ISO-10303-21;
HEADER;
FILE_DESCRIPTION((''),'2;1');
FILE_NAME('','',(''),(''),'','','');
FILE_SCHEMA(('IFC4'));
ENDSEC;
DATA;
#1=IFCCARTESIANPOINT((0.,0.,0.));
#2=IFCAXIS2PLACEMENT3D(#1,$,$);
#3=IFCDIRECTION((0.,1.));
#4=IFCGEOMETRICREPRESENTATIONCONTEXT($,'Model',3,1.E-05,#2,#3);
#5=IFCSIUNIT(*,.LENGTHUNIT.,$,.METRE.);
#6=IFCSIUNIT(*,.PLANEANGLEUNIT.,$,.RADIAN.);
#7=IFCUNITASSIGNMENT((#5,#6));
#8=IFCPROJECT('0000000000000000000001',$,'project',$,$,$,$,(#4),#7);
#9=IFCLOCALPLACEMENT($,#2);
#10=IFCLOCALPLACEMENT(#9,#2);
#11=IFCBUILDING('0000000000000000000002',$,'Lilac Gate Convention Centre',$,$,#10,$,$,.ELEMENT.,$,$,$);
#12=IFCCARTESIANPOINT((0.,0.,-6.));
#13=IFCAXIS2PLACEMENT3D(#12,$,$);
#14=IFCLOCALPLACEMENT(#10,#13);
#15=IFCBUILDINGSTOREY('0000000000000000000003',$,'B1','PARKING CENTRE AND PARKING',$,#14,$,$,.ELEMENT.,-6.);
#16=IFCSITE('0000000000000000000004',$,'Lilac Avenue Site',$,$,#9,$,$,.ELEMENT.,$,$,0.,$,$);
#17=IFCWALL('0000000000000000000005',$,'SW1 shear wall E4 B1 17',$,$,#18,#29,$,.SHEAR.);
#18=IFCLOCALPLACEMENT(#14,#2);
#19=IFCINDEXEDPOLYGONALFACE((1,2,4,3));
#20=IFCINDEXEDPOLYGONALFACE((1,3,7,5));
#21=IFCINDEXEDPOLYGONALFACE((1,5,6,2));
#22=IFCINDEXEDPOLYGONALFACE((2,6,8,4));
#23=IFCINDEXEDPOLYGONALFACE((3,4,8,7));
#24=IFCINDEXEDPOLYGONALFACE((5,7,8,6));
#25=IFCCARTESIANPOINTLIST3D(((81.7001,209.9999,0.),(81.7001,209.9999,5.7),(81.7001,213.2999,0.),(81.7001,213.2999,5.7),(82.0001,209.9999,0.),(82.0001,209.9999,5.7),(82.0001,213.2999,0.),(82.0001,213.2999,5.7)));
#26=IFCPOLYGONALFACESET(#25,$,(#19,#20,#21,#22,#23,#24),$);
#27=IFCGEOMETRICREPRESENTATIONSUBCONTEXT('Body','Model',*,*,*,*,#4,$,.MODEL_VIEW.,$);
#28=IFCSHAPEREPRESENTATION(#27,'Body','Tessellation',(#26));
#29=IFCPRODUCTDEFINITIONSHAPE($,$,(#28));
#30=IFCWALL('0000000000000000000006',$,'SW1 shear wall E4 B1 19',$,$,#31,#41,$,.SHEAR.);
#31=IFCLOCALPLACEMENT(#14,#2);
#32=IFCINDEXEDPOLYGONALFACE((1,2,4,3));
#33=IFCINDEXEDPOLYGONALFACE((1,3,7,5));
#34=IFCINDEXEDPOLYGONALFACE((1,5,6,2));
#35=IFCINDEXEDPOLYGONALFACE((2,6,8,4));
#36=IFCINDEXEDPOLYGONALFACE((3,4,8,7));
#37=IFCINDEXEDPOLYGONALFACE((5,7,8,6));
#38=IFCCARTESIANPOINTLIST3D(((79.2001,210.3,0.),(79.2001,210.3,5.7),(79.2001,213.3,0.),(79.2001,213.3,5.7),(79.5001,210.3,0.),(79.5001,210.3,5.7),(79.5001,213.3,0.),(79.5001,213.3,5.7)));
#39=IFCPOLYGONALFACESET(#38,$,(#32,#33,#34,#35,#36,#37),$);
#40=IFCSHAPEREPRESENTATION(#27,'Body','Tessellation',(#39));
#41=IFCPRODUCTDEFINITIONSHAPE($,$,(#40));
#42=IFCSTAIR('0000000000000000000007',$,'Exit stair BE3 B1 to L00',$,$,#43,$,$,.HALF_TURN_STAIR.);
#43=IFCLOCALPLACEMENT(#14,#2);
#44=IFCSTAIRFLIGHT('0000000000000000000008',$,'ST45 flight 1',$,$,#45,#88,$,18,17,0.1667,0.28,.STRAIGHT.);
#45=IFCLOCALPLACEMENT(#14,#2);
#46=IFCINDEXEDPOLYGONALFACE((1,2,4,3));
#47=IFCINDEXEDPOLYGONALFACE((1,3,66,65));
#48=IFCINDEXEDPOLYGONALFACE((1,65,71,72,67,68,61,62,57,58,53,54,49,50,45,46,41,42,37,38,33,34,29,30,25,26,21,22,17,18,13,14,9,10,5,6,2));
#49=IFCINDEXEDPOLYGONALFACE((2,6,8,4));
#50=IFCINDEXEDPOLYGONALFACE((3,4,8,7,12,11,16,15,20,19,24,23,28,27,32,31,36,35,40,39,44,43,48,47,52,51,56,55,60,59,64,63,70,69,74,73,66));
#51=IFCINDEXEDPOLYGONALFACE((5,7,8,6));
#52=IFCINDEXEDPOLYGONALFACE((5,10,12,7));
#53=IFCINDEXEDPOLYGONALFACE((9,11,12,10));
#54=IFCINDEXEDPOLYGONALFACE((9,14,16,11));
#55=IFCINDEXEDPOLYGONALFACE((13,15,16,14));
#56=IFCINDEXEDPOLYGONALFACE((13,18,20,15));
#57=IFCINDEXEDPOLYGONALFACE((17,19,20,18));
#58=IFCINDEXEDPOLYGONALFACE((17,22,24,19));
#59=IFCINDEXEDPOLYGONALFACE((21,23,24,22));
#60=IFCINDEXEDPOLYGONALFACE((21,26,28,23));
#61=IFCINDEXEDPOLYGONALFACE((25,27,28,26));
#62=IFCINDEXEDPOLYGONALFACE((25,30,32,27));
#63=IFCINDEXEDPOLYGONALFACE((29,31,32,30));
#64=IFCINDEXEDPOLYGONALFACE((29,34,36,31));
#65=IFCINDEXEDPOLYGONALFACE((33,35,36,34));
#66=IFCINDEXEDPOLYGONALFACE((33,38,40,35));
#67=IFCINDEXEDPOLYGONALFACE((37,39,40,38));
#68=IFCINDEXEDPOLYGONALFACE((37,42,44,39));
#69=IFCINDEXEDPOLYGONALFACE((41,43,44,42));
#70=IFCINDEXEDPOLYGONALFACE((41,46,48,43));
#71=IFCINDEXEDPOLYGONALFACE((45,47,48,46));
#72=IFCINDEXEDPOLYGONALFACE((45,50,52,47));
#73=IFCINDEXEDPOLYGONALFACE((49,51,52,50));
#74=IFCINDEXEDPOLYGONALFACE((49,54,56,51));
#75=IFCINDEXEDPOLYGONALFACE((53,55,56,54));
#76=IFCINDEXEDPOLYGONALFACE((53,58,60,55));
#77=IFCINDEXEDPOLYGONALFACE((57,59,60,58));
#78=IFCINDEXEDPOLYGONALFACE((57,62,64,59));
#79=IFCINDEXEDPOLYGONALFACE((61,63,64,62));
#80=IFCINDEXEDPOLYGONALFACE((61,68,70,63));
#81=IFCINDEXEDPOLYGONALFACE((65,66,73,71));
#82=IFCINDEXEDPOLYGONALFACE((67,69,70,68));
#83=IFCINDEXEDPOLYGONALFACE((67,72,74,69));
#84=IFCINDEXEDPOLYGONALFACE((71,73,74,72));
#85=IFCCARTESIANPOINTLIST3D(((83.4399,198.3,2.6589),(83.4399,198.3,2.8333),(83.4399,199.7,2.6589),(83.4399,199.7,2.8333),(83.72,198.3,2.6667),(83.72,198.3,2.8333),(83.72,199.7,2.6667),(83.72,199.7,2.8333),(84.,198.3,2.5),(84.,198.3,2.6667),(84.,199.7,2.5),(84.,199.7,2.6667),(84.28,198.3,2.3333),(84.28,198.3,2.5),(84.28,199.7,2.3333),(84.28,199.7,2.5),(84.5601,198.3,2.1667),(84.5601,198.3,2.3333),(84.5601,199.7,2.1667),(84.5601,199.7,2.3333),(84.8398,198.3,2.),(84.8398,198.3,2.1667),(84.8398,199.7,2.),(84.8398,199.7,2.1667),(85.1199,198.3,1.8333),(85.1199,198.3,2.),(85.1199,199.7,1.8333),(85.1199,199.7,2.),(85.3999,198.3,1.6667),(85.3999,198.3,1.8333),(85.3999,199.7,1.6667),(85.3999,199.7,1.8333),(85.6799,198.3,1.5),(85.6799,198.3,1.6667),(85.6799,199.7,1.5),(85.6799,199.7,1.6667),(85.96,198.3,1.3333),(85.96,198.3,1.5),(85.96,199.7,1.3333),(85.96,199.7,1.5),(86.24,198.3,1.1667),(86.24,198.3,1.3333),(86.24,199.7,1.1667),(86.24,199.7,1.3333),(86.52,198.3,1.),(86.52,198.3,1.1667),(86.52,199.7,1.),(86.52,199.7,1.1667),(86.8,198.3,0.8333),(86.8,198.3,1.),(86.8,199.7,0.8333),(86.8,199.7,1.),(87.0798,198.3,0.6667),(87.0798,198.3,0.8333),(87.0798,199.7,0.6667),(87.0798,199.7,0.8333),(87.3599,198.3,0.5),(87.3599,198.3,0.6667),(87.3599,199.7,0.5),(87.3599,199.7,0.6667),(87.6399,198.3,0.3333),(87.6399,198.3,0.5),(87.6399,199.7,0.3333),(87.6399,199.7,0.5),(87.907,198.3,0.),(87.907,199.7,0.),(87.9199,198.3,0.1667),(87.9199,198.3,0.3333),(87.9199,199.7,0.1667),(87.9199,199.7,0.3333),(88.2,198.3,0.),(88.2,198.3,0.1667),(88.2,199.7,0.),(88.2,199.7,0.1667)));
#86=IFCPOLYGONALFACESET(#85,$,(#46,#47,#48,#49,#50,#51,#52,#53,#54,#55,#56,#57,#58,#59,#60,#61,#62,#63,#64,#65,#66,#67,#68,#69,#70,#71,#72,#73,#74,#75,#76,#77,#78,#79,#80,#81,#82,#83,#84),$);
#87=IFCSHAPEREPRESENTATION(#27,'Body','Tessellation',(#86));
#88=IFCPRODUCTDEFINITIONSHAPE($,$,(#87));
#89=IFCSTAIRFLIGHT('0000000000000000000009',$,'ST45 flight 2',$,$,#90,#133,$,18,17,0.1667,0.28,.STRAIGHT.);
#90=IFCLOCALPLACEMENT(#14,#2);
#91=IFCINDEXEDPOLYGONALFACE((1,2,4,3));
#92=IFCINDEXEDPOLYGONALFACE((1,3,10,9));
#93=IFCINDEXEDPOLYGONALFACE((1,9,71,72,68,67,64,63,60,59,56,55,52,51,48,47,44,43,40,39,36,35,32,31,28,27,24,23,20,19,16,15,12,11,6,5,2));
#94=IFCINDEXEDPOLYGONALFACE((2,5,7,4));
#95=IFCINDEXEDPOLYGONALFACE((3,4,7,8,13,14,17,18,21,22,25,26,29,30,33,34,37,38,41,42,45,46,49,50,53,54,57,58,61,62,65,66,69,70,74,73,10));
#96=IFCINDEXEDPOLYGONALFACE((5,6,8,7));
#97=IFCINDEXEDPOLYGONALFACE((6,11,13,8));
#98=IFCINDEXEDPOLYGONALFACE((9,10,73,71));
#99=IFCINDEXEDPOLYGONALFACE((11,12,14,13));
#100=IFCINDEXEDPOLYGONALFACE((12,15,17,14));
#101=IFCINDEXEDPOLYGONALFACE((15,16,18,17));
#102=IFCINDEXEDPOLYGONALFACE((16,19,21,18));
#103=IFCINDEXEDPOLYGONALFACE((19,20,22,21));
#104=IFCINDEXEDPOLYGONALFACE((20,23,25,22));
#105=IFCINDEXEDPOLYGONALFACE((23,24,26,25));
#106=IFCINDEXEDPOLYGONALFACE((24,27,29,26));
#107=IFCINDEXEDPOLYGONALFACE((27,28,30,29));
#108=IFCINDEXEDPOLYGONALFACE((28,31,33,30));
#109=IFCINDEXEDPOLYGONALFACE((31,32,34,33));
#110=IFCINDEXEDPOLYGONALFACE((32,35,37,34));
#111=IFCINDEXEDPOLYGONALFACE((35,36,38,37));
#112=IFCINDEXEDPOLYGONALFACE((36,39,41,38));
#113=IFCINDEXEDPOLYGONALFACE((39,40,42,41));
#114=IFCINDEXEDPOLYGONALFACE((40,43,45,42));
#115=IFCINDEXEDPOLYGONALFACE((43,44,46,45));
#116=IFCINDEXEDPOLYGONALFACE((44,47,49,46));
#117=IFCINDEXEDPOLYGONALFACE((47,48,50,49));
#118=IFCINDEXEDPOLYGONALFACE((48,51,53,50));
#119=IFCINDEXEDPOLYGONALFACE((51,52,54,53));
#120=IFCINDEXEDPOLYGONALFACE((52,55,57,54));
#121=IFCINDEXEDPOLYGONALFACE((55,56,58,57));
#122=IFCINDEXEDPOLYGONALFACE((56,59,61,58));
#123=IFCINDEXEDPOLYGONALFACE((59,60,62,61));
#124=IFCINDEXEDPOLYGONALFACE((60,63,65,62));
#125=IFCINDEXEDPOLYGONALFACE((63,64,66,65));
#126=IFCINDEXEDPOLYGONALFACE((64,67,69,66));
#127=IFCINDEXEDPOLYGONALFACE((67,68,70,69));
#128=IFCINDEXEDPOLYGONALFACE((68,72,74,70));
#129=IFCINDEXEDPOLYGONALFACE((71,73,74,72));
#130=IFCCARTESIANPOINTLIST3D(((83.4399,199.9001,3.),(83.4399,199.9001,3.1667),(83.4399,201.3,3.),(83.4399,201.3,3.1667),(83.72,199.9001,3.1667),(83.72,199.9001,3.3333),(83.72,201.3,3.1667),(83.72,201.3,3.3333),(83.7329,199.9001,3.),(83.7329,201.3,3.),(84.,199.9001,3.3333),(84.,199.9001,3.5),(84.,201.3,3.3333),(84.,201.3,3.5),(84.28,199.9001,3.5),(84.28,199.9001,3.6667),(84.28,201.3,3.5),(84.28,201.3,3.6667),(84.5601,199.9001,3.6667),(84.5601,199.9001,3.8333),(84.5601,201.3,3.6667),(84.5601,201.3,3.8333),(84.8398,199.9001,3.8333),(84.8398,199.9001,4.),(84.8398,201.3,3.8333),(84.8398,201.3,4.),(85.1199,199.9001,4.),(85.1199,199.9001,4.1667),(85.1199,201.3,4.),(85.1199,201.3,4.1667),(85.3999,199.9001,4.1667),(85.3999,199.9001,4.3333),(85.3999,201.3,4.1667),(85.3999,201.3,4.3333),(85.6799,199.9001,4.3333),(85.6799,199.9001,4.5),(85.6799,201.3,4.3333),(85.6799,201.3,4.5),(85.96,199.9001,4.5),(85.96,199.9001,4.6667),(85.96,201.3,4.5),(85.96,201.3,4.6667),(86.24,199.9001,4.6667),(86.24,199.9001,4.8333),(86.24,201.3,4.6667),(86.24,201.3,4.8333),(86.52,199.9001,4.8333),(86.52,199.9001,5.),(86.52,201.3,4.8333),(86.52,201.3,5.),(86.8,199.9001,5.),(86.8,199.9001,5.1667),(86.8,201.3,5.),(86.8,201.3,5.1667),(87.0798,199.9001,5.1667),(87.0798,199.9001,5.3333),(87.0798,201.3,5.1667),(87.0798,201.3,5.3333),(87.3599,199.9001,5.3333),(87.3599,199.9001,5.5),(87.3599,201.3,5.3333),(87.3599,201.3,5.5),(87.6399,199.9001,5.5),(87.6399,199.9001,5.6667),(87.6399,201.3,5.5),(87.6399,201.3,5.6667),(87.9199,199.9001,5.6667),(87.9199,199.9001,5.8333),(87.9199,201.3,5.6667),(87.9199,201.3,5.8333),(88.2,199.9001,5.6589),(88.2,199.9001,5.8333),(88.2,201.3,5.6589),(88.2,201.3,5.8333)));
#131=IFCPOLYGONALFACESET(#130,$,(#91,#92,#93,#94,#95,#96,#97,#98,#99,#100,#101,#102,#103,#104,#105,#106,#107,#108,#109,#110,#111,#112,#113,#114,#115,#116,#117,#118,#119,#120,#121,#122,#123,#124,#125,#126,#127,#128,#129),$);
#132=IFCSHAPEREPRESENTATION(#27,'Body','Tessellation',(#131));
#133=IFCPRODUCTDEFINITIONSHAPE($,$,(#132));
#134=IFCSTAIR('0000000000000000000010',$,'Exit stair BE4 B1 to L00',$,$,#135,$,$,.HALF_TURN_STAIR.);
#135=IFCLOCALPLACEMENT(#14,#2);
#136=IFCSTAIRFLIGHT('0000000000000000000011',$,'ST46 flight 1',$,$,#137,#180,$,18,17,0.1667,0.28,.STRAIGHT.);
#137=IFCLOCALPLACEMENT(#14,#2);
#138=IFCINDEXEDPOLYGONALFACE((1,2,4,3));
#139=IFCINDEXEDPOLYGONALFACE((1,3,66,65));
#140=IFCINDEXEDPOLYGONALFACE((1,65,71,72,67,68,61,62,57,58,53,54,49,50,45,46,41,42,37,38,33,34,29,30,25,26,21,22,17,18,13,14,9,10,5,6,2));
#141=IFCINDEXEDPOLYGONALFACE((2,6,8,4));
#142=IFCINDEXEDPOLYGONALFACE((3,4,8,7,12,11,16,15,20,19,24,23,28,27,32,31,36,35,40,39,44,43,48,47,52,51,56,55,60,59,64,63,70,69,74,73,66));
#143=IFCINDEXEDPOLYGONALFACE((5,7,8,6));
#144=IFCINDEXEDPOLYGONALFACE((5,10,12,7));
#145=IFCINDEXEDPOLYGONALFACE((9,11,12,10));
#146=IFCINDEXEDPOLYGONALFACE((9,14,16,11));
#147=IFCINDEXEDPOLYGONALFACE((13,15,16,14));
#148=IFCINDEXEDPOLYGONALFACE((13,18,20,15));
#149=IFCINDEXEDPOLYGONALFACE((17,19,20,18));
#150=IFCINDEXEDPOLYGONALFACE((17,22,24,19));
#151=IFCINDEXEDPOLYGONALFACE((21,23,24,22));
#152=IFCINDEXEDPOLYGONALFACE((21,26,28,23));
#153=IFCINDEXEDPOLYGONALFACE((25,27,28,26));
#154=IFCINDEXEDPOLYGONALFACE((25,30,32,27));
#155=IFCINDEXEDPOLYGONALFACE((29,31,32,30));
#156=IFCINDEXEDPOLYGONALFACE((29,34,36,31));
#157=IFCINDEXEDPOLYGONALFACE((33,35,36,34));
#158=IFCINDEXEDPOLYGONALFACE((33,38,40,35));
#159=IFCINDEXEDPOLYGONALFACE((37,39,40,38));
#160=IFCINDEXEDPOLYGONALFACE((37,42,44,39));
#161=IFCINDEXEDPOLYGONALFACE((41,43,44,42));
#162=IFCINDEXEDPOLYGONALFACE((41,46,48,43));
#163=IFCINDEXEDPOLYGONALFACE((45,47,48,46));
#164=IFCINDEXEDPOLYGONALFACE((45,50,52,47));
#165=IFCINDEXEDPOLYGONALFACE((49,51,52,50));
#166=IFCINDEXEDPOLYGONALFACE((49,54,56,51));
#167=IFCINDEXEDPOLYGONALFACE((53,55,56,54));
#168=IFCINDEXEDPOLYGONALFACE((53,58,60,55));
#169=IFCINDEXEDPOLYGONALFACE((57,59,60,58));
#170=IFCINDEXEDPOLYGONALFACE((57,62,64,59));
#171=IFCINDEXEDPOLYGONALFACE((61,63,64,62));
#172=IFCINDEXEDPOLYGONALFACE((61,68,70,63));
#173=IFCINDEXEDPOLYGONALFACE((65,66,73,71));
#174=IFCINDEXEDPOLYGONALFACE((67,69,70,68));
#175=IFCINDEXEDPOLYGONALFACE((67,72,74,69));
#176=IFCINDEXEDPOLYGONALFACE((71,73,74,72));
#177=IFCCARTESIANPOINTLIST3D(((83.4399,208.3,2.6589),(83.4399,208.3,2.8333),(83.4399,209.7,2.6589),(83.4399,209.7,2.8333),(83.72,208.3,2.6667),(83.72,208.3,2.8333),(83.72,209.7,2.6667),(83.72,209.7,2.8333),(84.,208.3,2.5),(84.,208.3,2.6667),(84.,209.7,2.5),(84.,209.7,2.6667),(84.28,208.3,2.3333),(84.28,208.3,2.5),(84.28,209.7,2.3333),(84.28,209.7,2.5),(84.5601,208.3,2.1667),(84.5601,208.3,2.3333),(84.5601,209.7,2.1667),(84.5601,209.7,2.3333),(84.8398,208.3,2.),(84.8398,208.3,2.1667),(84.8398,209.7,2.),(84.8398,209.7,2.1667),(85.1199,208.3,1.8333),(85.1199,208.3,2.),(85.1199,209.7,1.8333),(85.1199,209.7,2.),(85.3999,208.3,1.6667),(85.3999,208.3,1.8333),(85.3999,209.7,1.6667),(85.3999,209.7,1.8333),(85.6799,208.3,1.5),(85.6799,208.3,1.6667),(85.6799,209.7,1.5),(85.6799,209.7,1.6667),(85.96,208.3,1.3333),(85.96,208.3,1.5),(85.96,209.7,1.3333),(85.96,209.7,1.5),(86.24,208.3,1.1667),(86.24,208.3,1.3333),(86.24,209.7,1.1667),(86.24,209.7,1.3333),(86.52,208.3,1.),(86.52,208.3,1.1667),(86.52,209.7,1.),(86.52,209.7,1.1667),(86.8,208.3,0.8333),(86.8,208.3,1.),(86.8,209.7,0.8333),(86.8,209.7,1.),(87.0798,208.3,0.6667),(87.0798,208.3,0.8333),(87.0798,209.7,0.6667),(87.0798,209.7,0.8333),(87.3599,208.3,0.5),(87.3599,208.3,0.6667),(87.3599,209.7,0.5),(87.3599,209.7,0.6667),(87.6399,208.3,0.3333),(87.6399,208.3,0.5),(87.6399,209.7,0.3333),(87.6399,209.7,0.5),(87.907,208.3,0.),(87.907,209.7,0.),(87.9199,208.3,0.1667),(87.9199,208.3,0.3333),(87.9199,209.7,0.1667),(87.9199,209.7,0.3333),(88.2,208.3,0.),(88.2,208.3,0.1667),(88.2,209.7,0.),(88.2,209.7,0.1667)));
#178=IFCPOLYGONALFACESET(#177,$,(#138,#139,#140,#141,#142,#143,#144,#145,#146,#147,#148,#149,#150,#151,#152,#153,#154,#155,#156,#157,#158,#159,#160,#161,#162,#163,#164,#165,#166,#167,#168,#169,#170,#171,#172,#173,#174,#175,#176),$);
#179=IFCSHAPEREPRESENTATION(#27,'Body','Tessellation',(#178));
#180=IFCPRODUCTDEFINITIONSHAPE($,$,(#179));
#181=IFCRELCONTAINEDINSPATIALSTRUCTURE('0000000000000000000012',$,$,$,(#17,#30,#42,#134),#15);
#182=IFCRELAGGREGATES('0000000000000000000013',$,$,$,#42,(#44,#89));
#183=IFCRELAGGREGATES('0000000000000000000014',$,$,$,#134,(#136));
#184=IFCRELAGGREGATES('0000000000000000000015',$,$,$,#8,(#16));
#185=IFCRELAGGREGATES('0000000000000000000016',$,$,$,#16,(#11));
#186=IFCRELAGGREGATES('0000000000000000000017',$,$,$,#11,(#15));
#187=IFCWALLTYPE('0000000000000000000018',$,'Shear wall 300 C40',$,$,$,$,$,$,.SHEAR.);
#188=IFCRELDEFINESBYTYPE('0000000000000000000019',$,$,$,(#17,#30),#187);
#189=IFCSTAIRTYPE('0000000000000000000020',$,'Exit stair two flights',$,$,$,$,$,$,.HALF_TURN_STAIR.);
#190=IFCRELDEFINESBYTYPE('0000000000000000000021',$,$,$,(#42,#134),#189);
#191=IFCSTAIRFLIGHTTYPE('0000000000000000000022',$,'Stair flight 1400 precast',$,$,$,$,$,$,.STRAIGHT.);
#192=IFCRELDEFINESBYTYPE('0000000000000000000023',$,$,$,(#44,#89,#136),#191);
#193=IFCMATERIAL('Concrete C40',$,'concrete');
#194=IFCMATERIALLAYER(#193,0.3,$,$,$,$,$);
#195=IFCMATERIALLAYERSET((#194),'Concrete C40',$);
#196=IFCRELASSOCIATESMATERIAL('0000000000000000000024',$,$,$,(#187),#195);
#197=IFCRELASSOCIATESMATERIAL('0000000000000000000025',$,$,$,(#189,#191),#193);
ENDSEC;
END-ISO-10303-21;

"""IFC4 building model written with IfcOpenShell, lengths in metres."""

from ifc_helpers import new_model, si_unit, direction, frame, frame_2d, origin, place, context, subcontext, project, spatial, polyline, rectangle, outline, extrude, material, layer, layer_set, type_object, element, aggregate, save


model = new_model("IFC4")

# Units and contexts
model_context = context("Model", 3, precision=1e-05, world=origin(), true_north=direction((0.0, 1.0)))
body_context = subcontext(model_context, "Body", "Model", "MODEL_VIEW")
ifc_project = project(units=[si_unit("LENGTHUNIT", "METRE"), si_unit("PLANEANGLEUNIT", "RADIAN")], contexts=[model_context])

# Site, building, storey
site_placement = place(None, origin())
site = spatial("IfcSite", under=ifc_project, at=site_placement, Name="Lilac Avenue Site", CompositionType="ELEMENT", RefElevation=0.0)
building_placement = place(site_placement, origin())
building = spatial("IfcBuilding", under=site, at=building_placement, Name="Lilac Gate Convention Centre", CompositionType="ELEMENT")
storey_placement = place(building_placement, frame((0.0, 0.0, -6.0)))
storey = spatial("IfcBuildingStorey", under=building, at=storey_placement, Name="B1", Description="PARKING CENTRE AND PARKING", CompositionType="ELEMENT", Elevation=-6.0)

# Shared definitions
ifc_material_1 = material(Name="Concrete C40", Category="concrete")
ifc_layer_1 = layer(ifc_material_1, 0.3)
ifc_layer_set_1 = layer_set([ifc_layer_1], Name="Concrete C40")
wall_type_1 = type_object("IfcWallType", Name="Shear wall 300 C40", PredefinedType="SHEAR", material=ifc_layer_set_1)

# Walls
wall_1_placement = place(storey_placement, frame((81.8501, 210.0, 0.0), z_axis=(0.0, 0.0, 1.0), x_axis=(0.0, 1.0, 0.0)))
element("IfcWall", 1, at=wall_1_placement, inside=storey, type_object=wall_type_1, Name="SW1 shear wall E4 B1 17", PredefinedType="SHEAR", context=body_context, shape_type="SweptSolid", body=[
    extrude(rectangle(XDim=3.3, YDim=0.3, at=frame_2d((1.6499, 0.0))), origin(), (0.0, 0.0, 1.0), 5.7),
])
wall_2_placement = place(storey_placement, frame((79.3501, 210.3, 0.0), z_axis=(0.0, 0.0, 1.0), x_axis=(0.0, 1.0, 0.0)))
element("IfcWall", 2, at=wall_2_placement, inside=storey, type_object=wall_type_1, Name="SW1 shear wall E4 B1 19", PredefinedType="SHEAR", context=body_context, shape_type="SweptSolid", body=[
    extrude(rectangle(XDim=3.0, YDim=0.3, at=frame_2d((1.5, 0.0))), origin(), (0.0, 0.0, 1.0), 5.7),
])

# Stairs, stair flights
stair_type = type_object("IfcStairType", Name="Exit stair two flights", PredefinedType="HALF_TURN_STAIR", material=ifc_material_1)
stair_1_placement = place(storey_placement, origin())
stair_1 = element("IfcStair", 3, at=stair_1_placement, inside=storey, type_object=stair_type, Name="Exit stair BE3 B1 to L00", PredefinedType="HALF_TURN_STAIR")
stair_flight_type = type_object("IfcStairFlightType", Name="Stair flight 1400 precast", PredefinedType="STRAIGHT", material=ifc_material_1)
stair_flight_1_placement = place(storey_placement, frame((88.2, 199.0, 0.0), z_axis=(0.0, 0.0, 1.0), x_axis=(-1.0, 0.0, 0.0)))
stair_flight_1 = element("IfcStairFlight", 4, at=stair_flight_1_placement, type_object=stair_flight_type, Name="ST45 flight 1", NumberOfRisers=18, NumberOfTreads=17, PredefinedType="STRAIGHT", RiserHeight=0.1667, TreadLength=0.28, context=body_context, shape_type="SweptSolid", body=[
    extrude(outline(polyline([(0.0, 0.0), (0.0, 0.1667), (0.28, 0.1667), (0.28, 0.3333), (0.5601, 0.3333), (0.5601, 0.5), (0.8401, 0.5), (0.8401, 0.6667), (1.1201, 0.6667), (1.1201, 0.8333), (1.3999, 0.8333), (1.3999, 1.0), (1.6799, 1.0), (1.6799, 1.1667), (1.96, 1.1667), (1.96, 1.3333), (2.24, 1.3333), (2.24, 1.5), (2.52, 1.5), (2.52, 1.6667), (2.8, 1.6667), (2.8, 1.8333), (3.0801, 1.8333), (3.0801, 2.0), (3.3601, 2.0), (3.3601, 2.1667), (3.6399, 2.1667), (3.6399, 2.3333), (3.9199, 2.3333), (3.9199, 2.5), (4.2, 2.5), (4.2, 2.6667), (4.48, 2.6667), (4.48, 2.8333), (4.76, 2.8333), (4.76, 3.0), (4.76, 2.6589), (0.293, 0.0), (0.0, 0.0)])), frame((0.0, 0.7, 0.0), z_axis=(0.0, -1.0, 0.0), x_axis=(1.0, 0.0, 0.0)), (0.0, 0.0, 1.0), 1.3999),
])
stair_flight_2_placement = place(storey_placement, frame((83.4399, 200.6001, 3.0), z_axis=(0.0, 0.0, 1.0), x_axis=(1.0, 0.0, 0.0)))
stair_flight_2 = element("IfcStairFlight", 5, at=stair_flight_2_placement, type_object=stair_flight_type, Name="ST45 flight 2", NumberOfRisers=18, NumberOfTreads=17, PredefinedType="STRAIGHT", RiserHeight=0.1667, TreadLength=0.28, context=body_context, shape_type="SweptSolid", body=[
    extrude(outline(polyline([(0.0, 0.0), (0.0, 0.1667), (0.28, 0.1667), (0.28, 0.3333), (0.5601, 0.3333), (0.5601, 0.5), (0.8401, 0.5), (0.8401, 0.6667), (1.1201, 0.6667), (1.1201, 0.8333), (1.3999, 0.8333), (1.3999, 1.0), (1.6799, 1.0), (1.6799, 1.1667), (1.96, 1.1667), (1.96, 1.3333), (2.24, 1.3333), (2.24, 1.5), (2.52, 1.5), (2.52, 1.6667), (2.8, 1.6667), (2.8, 1.8333), (3.0801, 1.8333), (3.0801, 2.0), (3.3601, 2.0), (3.3601, 2.1667), (3.6399, 2.1667), (3.6399, 2.3333), (3.9199, 2.3333), (3.9199, 2.5), (4.2, 2.5), (4.2, 2.6667), (4.48, 2.6667), (4.48, 2.8333), (4.76, 2.8333), (4.76, 3.0), (4.76, 2.6589), (0.293, 0.0), (0.0, 0.0)])), frame((0.0, 0.7, 0.0), z_axis=(0.0, -1.0, 0.0), x_axis=(1.0, 0.0, 0.0)), (0.0, 0.0, 1.0), 1.3999),
])
aggregate(stair_1, [stair_flight_1, stair_flight_2])
stair_2_placement = place(storey_placement, origin())
stair_2 = element("IfcStair", 6, at=stair_2_placement, inside=storey, type_object=stair_type, Name="Exit stair BE4 B1 to L00", PredefinedType="HALF_TURN_STAIR")
stair_flight_3_placement = place(storey_placement, frame((88.2, 209.0, 0.0), z_axis=(0.0, 0.0, 1.0), x_axis=(-1.0, 0.0, 0.0)))
stair_flight_3 = element("IfcStairFlight", 7, at=stair_flight_3_placement, type_object=stair_flight_type, Name="ST46 flight 1", NumberOfRisers=18, NumberOfTreads=17, PredefinedType="STRAIGHT", RiserHeight=0.1667, TreadLength=0.28, context=body_context, shape_type="SweptSolid", body=[
    extrude(outline(polyline([(0.0, 0.0), (0.0, 0.1667), (0.28, 0.1667), (0.28, 0.3333), (0.5601, 0.3333), (0.5601, 0.5), (0.8401, 0.5), (0.8401, 0.6667), (1.1201, 0.6667), (1.1201, 0.8333), (1.3999, 0.8333), (1.3999, 1.0), (1.6799, 1.0), (1.6799, 1.1667), (1.96, 1.1667), (1.96, 1.3333), (2.24, 1.3333), (2.24, 1.5), (2.52, 1.5), (2.52, 1.6667), (2.8, 1.6667), (2.8, 1.8333), (3.0801, 1.8333), (3.0801, 2.0), (3.3601, 2.0), (3.3601, 2.1667), (3.6399, 2.1667), (3.6399, 2.3333), (3.9199, 2.3333), (3.9199, 2.5), (4.2, 2.5), (4.2, 2.6667), (4.48, 2.6667), (4.48, 2.8333), (4.76, 2.8333), (4.76, 3.0), (4.76, 2.6589), (0.293, 0.0), (0.0, 0.0)])), frame((0.0, 0.7, 0.0), z_axis=(0.0, -1.0, 0.0), x_axis=(1.0, 0.0, 0.0)), (0.0, 0.0, 1.0), 1.3999),
])
aggregate(stair_2, [stair_flight_3])

save(model, "model.ifc")
